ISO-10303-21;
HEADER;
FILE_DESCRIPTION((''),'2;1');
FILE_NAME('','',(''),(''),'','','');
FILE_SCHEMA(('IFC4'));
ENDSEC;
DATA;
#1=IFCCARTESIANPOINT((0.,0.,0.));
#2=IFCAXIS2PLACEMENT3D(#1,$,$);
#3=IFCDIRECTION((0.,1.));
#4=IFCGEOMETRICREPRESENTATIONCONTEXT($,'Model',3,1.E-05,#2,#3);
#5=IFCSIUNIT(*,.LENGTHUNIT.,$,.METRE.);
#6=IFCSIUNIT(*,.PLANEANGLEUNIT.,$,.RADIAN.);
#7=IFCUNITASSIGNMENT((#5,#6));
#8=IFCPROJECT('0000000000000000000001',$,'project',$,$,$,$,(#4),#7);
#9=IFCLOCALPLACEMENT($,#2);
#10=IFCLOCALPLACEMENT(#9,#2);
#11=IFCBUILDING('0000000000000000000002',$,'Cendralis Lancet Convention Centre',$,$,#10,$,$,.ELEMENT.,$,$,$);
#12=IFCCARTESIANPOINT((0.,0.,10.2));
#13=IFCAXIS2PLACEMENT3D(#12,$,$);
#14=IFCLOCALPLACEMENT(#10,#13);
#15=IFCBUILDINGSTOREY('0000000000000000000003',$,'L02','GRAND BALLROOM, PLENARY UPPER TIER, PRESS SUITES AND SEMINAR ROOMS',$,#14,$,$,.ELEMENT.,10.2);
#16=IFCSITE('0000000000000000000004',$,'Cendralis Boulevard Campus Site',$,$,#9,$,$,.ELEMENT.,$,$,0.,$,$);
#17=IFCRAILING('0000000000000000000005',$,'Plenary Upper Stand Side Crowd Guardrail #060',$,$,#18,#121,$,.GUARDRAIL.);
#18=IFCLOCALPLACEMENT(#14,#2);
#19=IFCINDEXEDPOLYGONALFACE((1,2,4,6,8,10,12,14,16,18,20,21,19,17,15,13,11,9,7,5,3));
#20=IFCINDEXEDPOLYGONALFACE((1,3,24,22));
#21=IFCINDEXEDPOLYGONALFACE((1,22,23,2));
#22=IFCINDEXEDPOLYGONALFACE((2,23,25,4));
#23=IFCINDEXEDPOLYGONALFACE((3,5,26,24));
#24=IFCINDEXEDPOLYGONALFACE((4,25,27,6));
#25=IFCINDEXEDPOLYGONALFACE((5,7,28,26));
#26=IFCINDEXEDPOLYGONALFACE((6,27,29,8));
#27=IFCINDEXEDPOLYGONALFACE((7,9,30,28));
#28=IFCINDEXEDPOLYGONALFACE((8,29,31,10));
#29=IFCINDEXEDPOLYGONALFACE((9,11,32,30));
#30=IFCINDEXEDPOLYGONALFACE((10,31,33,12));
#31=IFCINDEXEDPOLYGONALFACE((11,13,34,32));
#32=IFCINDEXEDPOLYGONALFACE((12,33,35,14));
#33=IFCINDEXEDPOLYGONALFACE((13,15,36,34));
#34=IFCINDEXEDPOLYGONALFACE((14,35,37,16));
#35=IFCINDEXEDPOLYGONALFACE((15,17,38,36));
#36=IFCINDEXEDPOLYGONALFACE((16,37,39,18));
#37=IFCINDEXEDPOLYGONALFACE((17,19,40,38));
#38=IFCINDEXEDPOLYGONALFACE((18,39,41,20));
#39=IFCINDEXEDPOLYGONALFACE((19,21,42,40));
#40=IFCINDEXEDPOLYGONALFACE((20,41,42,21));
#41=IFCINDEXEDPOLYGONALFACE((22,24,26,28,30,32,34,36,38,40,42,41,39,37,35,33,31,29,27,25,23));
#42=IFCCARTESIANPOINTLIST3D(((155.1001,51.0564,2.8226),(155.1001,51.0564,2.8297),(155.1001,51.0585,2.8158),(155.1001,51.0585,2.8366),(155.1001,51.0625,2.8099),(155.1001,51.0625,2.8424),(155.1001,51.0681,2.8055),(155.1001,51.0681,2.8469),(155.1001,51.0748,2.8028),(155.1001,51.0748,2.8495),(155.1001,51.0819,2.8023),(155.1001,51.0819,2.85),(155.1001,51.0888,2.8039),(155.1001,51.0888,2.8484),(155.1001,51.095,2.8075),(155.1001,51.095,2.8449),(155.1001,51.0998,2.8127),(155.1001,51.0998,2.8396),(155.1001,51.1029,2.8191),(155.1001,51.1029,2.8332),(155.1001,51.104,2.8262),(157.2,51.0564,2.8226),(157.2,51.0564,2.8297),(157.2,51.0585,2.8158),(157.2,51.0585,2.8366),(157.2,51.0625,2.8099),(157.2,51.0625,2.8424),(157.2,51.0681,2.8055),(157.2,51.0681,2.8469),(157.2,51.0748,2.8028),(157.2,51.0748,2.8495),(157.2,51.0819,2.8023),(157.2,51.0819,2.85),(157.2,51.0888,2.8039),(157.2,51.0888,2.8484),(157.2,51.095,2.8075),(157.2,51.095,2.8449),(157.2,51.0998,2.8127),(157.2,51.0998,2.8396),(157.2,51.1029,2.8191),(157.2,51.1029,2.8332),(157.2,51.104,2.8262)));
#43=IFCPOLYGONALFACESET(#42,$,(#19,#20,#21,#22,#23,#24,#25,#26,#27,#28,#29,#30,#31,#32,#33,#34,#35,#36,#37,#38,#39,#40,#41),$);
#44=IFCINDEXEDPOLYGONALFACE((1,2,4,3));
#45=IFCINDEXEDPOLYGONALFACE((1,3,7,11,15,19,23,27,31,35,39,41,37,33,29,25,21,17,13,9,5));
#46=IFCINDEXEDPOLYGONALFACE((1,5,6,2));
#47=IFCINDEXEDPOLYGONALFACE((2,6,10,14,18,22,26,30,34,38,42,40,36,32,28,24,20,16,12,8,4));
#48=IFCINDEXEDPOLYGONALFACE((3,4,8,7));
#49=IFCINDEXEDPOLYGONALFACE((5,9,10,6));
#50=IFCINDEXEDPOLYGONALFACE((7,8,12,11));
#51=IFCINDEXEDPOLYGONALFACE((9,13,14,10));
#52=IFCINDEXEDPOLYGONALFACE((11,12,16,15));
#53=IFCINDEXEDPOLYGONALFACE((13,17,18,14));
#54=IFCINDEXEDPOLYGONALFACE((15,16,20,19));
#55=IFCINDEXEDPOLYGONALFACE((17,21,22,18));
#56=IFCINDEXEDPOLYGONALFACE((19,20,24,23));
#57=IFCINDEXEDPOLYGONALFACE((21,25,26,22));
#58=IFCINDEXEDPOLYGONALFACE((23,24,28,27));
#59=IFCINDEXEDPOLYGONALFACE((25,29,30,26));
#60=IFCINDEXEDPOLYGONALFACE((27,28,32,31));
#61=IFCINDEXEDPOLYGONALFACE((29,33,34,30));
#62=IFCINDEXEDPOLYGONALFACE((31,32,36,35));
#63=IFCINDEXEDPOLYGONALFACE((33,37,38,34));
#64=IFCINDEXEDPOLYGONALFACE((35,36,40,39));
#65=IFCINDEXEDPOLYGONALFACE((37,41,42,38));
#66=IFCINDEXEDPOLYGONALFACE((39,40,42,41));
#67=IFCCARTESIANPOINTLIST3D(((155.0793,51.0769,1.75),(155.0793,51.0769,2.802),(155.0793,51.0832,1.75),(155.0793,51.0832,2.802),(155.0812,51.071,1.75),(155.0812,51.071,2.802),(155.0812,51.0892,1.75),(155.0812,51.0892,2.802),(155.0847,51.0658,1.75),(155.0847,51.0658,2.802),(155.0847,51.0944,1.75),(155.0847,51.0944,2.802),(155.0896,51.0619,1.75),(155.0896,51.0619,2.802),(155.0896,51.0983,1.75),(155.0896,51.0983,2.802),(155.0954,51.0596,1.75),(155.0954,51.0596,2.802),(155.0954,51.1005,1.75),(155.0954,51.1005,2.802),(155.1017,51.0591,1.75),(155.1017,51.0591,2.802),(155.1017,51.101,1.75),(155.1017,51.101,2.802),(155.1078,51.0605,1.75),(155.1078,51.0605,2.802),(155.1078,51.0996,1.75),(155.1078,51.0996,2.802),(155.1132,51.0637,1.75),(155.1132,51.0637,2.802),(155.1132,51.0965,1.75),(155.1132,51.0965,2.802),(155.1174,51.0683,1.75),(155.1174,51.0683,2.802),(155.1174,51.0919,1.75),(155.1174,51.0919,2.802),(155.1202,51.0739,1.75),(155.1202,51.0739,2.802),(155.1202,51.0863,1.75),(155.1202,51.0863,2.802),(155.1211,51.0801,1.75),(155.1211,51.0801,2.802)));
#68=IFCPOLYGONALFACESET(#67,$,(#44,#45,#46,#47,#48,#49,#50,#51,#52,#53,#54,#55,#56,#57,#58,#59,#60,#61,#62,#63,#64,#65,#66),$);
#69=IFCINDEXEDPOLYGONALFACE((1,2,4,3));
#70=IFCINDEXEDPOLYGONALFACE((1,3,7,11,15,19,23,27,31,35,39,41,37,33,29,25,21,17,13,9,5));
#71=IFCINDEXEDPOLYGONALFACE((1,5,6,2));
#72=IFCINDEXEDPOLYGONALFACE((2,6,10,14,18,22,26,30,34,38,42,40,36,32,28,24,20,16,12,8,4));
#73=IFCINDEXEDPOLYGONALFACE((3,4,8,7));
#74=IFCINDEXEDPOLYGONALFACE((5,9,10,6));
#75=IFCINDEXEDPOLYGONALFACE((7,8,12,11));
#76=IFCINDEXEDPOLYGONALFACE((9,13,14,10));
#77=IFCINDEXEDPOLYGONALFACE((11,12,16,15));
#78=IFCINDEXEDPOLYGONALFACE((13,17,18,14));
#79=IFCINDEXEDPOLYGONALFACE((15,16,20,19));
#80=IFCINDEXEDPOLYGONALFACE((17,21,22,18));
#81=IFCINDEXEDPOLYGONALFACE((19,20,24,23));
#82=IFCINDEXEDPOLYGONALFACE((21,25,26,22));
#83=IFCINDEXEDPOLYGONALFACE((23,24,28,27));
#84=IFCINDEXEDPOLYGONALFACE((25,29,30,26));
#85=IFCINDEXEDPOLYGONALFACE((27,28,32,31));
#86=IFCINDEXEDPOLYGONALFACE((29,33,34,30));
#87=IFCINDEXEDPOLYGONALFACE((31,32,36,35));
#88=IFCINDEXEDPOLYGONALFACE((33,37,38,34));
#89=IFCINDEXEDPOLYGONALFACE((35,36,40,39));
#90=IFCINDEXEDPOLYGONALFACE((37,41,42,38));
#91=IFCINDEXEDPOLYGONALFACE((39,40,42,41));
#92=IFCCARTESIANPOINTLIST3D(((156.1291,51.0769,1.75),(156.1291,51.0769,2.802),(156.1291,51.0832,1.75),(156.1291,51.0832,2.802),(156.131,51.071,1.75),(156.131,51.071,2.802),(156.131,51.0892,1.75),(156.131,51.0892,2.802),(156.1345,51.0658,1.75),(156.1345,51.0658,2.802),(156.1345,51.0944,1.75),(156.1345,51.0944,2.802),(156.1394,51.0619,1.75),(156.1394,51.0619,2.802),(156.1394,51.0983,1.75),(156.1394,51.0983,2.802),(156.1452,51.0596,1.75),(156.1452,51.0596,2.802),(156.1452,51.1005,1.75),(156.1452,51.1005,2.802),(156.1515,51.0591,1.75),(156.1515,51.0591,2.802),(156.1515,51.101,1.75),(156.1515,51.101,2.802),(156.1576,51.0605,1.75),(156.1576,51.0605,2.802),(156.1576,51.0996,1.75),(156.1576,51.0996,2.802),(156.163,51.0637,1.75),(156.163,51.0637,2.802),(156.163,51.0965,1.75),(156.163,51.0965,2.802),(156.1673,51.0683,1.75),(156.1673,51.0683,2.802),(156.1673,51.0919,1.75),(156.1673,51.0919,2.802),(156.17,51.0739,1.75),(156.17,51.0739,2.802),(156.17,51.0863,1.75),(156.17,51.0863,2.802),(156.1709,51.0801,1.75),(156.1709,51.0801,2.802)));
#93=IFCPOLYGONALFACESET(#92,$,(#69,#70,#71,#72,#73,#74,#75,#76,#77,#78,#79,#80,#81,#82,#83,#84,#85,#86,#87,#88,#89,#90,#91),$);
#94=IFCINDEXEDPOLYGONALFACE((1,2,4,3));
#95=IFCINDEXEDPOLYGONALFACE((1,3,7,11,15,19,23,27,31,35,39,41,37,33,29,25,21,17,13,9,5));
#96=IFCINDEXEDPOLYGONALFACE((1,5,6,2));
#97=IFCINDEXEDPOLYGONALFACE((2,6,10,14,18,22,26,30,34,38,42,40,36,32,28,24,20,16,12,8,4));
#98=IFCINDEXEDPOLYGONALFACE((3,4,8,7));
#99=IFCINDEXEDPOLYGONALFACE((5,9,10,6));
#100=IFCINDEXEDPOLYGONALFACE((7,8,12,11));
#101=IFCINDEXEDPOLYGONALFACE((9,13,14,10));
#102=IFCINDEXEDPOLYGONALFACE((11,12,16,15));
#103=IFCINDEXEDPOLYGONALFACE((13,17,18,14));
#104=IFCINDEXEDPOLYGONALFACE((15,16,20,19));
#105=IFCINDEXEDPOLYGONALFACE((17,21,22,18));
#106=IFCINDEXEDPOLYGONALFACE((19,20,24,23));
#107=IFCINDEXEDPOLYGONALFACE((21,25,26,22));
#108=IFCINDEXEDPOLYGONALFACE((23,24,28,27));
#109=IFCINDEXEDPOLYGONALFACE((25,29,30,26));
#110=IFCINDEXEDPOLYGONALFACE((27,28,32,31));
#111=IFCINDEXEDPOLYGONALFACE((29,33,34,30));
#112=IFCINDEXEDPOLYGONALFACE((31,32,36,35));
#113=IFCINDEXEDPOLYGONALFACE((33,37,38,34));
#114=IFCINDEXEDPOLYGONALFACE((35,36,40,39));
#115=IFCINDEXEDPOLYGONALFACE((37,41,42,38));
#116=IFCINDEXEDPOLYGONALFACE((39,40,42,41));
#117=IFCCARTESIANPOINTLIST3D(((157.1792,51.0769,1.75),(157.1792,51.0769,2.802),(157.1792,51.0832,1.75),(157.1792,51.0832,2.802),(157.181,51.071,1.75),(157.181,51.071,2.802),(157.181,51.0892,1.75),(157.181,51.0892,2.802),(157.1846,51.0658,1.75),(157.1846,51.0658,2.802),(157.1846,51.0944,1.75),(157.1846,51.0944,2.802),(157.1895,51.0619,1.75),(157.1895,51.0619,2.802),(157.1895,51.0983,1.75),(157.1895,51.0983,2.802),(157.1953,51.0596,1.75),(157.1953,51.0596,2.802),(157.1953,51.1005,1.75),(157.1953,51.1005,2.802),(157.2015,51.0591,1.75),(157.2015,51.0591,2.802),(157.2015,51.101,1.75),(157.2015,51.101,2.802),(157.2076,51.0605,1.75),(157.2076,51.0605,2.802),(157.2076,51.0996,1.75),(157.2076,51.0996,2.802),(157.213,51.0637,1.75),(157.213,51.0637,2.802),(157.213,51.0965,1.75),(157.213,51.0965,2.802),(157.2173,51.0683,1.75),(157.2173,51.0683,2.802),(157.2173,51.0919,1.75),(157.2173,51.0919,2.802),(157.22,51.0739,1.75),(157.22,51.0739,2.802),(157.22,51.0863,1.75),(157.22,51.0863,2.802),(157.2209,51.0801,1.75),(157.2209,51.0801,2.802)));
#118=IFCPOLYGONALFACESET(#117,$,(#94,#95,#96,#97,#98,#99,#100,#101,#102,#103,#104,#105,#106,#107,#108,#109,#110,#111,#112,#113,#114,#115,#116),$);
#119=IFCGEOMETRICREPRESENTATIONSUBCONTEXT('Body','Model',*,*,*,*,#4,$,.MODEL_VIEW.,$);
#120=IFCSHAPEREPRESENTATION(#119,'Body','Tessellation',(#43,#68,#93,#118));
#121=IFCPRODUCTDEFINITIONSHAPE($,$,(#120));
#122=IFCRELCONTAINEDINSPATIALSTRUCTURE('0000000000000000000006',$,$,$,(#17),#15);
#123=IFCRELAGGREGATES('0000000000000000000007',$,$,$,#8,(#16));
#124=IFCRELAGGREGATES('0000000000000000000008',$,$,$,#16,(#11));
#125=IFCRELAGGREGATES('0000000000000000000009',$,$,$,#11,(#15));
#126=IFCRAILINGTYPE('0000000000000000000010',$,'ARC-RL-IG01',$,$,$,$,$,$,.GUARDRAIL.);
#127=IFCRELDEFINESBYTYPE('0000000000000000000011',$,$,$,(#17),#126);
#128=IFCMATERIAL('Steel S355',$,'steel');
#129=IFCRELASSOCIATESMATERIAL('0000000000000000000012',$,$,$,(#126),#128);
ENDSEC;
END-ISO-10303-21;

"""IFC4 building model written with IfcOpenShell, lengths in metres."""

from ifc_helpers import new_model, si_unit, direction, frame, origin, origin_2d, place, context, subcontext, project, spatial, circle, extrude, material, type_object, element, save


model = new_model("IFC4")

# Units and contexts
model_context = context("Model", 3, precision=1e-05, world=origin(), true_north=direction((0.0, 1.0)))
body_context = subcontext(model_context, "Body", "Model", "MODEL_VIEW")
ifc_project = project(units=[si_unit("LENGTHUNIT", "METRE"), si_unit("PLANEANGLEUNIT", "RADIAN")], contexts=[model_context])

# Site, building, storey
site_placement = place(None, origin())
site = spatial("IfcSite", under=ifc_project, at=site_placement, Name="Cendralis Boulevard Campus Site", CompositionType="ELEMENT", RefElevation=0.0)
building_placement = place(site_placement, origin())
building = spatial("IfcBuilding", under=site, at=building_placement, Name="Cendralis Lancet Convention Centre", CompositionType="ELEMENT")
storey_placement = place(building_placement, frame((0.0, 0.0, 10.2)))
storey = spatial("IfcBuildingStorey", under=building, at=storey_placement, Name="L02", Description="GRAND BALLROOM, PLENARY UPPER TIER, PRESS SUITES AND SEMINAR ROOMS", CompositionType="ELEMENT", Elevation=10.2)

# Shared definitions
ifc_material_1 = material(Name="Steel S355", Category="steel")

# Railing
railing_type = type_object("IfcRailingType", Name="ARC-RL-IG01", PredefinedType="GUARDRAIL", material=ifc_material_1)
railing_1_placement = place(storey_placement, frame((155.1001, 51.0801, 1.75)))
element("IfcRailing", 1, at=railing_1_placement, inside=storey, type_object=railing_type, Name="Plenary Upper Stand Side Crowd Guardrail #060", PredefinedType="GUARDRAIL", context=body_context, shape_type="SweptSolid", body=[
    extrude(circle(Radius=0.0239, at=origin_2d()), frame((0.0, 0.0, 1.0762), z_axis=(1.0, 0.0, 0.0), x_axis=(0.0, 1.0, 0.0)), (0.0, 0.0, 1.0), 2.0999),
    extrude(circle(Radius=0.021, at=origin_2d()), origin(), (0.0, 0.0, 1.0), 1.052),
    extrude(circle(Radius=0.021, at=origin_2d()), frame((1.0498, 0.0, 0.0)), (0.0, 0.0, 1.0), 1.052),
    extrude(circle(Radius=0.021, at=origin_2d()), frame((2.0999, 0.0, 0.0)), (0.0, 0.0, 1.0), 1.052),
])

save(model, "model.ifc")
